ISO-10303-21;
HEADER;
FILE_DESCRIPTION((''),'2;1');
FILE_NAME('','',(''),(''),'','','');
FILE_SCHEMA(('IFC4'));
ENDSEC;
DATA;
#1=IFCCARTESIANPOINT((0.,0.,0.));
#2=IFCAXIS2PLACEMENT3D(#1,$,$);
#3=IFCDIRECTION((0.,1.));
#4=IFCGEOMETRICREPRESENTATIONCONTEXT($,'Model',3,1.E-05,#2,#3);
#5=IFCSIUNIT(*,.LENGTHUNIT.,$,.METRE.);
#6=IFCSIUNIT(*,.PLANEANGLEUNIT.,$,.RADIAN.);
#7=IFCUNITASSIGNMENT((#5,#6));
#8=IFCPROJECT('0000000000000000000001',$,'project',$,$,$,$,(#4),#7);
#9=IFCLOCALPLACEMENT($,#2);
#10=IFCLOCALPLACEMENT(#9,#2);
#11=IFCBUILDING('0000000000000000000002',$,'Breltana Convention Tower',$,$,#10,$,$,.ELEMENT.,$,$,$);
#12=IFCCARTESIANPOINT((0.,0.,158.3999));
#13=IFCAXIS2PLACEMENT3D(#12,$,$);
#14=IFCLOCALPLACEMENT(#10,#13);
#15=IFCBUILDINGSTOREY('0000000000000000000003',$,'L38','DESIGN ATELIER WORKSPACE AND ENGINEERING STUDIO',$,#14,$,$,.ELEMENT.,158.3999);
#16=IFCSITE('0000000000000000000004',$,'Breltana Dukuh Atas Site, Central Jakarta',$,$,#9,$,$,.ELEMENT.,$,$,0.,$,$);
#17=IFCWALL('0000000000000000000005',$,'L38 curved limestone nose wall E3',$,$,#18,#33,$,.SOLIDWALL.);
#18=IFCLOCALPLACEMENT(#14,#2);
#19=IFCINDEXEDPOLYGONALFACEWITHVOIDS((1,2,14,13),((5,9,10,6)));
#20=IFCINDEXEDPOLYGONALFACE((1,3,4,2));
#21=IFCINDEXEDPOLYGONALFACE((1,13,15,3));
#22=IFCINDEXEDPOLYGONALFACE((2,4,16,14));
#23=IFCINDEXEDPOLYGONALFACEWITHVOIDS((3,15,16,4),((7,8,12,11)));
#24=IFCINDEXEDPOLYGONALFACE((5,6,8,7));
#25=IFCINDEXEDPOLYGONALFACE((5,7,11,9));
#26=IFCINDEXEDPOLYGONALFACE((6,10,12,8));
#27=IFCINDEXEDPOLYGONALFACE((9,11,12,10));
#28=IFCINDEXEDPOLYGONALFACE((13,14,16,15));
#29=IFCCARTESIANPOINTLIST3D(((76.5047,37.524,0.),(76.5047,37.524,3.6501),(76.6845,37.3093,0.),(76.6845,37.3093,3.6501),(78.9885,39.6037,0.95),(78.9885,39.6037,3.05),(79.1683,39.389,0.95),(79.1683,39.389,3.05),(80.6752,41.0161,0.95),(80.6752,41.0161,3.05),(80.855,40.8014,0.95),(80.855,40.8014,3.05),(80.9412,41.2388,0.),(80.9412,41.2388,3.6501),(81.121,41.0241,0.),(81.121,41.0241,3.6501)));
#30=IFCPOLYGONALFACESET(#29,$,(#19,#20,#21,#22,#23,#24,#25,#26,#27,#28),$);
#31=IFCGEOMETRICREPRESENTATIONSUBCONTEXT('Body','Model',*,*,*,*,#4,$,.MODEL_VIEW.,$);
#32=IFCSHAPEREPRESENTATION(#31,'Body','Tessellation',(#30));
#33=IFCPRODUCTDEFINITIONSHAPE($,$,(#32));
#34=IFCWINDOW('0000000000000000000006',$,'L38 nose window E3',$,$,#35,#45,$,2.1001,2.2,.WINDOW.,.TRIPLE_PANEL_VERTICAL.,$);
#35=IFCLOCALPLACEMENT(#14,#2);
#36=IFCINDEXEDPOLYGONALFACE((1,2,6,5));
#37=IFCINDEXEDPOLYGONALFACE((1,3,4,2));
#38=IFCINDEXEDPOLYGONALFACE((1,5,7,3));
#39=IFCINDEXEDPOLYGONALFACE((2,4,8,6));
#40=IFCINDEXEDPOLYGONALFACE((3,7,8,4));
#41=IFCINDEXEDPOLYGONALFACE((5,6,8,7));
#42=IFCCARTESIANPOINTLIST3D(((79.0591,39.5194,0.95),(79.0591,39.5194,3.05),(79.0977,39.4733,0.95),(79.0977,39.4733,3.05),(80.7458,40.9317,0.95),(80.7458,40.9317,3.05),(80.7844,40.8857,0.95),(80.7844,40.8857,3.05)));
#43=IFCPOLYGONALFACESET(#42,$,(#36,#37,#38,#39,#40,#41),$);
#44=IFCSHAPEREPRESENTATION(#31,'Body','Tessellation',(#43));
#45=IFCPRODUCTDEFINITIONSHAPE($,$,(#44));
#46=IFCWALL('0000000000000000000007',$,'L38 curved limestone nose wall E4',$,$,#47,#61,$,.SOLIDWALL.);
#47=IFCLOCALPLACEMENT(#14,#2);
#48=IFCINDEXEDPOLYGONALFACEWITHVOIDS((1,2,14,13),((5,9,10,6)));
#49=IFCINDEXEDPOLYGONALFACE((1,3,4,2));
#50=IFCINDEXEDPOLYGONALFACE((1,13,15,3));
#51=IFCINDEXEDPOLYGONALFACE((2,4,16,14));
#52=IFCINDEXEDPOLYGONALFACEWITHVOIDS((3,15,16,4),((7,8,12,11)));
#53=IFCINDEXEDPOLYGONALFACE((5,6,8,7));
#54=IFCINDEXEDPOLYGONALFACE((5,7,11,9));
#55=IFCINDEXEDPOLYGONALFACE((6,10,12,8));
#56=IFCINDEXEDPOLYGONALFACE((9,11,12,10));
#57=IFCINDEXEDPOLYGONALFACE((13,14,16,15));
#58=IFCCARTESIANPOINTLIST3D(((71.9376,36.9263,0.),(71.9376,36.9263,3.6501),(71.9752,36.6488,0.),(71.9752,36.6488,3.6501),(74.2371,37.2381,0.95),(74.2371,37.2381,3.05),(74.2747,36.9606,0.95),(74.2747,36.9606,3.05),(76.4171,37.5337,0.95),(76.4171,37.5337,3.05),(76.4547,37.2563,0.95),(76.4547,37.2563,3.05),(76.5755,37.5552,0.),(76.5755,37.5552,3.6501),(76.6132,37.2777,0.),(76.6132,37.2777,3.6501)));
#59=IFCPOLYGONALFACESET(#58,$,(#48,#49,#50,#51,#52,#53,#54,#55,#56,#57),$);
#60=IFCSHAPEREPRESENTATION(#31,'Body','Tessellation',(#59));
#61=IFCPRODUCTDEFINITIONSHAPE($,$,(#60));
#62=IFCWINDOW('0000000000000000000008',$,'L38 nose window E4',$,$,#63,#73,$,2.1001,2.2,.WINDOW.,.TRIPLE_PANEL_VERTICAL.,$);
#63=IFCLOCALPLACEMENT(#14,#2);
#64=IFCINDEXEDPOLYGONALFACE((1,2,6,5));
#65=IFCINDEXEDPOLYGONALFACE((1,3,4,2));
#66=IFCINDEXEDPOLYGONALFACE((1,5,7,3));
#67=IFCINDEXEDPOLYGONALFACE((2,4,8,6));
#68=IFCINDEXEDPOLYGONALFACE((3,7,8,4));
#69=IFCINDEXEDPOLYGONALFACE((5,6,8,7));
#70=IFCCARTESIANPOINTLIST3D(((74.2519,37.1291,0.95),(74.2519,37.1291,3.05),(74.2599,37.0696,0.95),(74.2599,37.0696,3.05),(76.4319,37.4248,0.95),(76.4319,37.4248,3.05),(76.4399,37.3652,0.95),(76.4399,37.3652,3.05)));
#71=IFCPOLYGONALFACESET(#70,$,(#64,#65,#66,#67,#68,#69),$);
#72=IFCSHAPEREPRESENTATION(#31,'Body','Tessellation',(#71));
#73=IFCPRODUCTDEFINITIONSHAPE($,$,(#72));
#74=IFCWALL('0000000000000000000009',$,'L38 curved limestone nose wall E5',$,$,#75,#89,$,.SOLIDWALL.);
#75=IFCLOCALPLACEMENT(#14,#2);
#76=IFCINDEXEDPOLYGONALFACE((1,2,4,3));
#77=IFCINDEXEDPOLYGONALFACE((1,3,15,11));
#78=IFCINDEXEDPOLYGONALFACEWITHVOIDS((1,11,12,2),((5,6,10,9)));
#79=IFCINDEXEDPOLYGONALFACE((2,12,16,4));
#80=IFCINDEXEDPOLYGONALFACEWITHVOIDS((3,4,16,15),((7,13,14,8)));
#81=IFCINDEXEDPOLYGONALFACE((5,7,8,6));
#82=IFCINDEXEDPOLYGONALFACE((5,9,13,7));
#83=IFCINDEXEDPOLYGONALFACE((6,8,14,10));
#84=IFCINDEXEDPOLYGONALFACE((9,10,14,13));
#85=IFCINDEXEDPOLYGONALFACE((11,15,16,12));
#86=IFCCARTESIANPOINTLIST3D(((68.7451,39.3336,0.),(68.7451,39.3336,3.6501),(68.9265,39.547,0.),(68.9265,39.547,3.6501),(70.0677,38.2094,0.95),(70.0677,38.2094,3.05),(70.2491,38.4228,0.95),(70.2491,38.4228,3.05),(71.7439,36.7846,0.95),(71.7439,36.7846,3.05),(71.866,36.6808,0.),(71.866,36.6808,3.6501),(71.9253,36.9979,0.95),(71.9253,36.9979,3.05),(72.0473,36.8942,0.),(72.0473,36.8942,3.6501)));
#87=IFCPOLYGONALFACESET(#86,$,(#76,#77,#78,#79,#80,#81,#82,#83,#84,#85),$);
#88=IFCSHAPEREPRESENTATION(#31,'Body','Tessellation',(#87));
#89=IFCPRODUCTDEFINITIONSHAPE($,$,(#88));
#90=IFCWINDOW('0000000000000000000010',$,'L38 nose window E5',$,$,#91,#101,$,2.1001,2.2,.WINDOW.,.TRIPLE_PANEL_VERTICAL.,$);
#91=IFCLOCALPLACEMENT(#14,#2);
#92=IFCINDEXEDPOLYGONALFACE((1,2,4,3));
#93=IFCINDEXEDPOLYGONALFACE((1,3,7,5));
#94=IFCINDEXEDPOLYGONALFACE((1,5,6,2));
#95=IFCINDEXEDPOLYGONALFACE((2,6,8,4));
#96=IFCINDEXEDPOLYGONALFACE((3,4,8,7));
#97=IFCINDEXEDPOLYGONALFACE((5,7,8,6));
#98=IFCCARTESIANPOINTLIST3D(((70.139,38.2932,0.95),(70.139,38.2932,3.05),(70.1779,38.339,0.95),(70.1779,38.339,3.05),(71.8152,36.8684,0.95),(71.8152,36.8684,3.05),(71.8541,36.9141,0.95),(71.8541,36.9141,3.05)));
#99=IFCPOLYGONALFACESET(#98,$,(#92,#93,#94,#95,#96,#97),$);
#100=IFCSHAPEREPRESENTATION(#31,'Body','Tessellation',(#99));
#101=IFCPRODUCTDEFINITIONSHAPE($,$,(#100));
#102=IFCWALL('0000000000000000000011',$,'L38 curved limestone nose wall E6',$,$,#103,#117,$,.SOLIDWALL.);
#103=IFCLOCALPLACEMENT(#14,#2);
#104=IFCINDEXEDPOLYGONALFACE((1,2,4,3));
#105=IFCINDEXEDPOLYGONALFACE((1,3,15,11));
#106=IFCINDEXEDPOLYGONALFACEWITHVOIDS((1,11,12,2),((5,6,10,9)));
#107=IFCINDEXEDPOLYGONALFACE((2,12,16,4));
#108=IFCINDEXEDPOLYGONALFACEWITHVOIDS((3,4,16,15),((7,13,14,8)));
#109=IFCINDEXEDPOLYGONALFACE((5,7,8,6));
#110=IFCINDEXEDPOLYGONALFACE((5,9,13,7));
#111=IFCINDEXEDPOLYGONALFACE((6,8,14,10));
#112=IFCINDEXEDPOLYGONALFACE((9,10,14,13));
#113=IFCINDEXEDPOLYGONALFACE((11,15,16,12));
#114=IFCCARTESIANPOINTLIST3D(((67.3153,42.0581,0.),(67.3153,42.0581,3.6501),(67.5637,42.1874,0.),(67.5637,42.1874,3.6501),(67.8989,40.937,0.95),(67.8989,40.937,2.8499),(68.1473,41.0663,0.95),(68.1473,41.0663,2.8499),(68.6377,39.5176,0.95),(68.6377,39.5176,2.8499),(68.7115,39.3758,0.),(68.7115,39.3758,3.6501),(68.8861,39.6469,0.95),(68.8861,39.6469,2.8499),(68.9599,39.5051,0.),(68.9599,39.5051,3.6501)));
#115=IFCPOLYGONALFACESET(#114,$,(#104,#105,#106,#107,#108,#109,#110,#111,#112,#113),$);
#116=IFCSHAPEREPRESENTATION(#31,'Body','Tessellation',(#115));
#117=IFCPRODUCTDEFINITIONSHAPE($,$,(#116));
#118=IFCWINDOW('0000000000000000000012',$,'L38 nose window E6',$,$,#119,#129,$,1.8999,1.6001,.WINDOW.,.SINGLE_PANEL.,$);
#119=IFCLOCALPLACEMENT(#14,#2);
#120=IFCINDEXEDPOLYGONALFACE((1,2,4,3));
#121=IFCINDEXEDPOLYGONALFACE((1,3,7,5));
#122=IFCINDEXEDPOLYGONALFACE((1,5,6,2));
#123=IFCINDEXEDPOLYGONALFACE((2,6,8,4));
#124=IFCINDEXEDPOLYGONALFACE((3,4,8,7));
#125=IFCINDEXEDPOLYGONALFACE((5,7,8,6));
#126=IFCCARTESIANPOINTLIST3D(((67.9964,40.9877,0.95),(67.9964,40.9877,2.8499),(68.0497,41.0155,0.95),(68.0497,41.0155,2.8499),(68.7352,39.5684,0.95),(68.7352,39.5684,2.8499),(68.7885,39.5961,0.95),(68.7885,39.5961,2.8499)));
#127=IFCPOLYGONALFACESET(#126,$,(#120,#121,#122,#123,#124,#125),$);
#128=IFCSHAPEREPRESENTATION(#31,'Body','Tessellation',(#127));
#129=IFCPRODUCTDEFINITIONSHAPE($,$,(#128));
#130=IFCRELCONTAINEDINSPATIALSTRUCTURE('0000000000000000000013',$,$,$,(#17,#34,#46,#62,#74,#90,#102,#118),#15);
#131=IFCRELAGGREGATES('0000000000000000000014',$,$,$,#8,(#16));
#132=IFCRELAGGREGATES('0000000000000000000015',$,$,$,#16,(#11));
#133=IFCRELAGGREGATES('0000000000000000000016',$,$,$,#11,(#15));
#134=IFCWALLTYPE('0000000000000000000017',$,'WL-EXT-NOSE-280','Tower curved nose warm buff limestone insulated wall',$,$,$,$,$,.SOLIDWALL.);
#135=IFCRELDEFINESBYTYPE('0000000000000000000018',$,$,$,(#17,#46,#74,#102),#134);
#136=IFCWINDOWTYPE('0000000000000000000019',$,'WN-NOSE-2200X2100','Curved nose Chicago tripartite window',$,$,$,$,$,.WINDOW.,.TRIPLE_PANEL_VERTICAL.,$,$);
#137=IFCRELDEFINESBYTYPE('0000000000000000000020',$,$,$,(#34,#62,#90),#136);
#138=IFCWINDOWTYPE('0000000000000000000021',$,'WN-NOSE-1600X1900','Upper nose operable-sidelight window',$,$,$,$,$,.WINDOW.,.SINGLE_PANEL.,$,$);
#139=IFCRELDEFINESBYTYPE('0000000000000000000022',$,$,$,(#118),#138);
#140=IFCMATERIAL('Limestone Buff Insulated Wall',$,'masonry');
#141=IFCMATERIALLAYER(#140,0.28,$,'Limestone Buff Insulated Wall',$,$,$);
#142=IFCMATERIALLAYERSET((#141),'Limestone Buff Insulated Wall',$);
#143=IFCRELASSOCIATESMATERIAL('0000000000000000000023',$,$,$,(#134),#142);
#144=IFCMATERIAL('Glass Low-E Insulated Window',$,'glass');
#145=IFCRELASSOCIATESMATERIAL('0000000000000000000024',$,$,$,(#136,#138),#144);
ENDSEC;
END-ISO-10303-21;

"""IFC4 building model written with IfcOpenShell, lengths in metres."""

from ifc_helpers import new_model, si_unit, direction, frame, frame_2d, origin, place, context, subcontext, project, spatial, rectangle, extrude, source, transform, mapped, material, layer, layer_set, type_object, type_shapes, element, fill, save


model = new_model("IFC4")

# Units and contexts
model_context = context("Model", 3, precision=1e-05, world=origin(), true_north=direction((0.0, 1.0)))
body_context = subcontext(model_context, "Body", "Model", "MODEL_VIEW")
ifc_project = project(units=[si_unit("LENGTHUNIT", "METRE"), si_unit("PLANEANGLEUNIT", "RADIAN")], contexts=[model_context])

# Site, building, storey
site_placement = place(None, origin())
site = spatial("IfcSite", under=ifc_project, at=site_placement, Name="Breltana Dukuh Atas Site, Central Jakarta", CompositionType="ELEMENT", RefElevation=0.0)
building_placement = place(site_placement, origin())
building = spatial("IfcBuilding", under=site, at=building_placement, Name="Breltana Convention Tower", CompositionType="ELEMENT")
storey_placement = place(building_placement, frame((0.0, 0.0, 158.3999)))
storey = spatial("IfcBuildingStorey", under=building, at=storey_placement, Name="L38", Description="DESIGN ATELIER WORKSPACE AND ENGINEERING STUDIO", CompositionType="ELEMENT", Elevation=158.3999)

# Walls, openings, windows
ifc_material_1 = material(Name="Limestone Buff Insulated Wall", Category="masonry")
ifc_layer_1 = layer(ifc_material_1, 0.28, Name="Limestone Buff Insulated Wall")
ifc_layer_set_1 = layer_set([ifc_layer_1], Name="Limestone Buff Insulated Wall")
wall_type = type_object("IfcWallType", Name="WL-EXT-NOSE-280", Description="Tower curved nose warm buff limestone insulated wall", PredefinedType="SOLIDWALL", material=ifc_layer_set_1)
shared_shape_1 = source(origin(), body_context, "Body", "SweptSolid", [
    extrude(rectangle(XDim=5.7864, YDim=0.28, at=frame_2d((2.8931, 0.0))), origin(), (0.0, 0.0, 1.0), 3.6501),
])
wall_1_placement = place(storey_placement, frame((81.031, 41.1313, 0.0), z_axis=(0.0, 0.0, 1.0), x_axis=(-0.766711, -0.641992, 0.0)))
wall_1 = element("IfcWall", 1, at=wall_1_placement, inside=storey, type_object=wall_type, Name="L38 curved limestone nose wall E3", PredefinedType="SOLIDWALL", context=body_context, shape_type="MappedRepresentation", body=[
    mapped(shared_shape_1, transform((0.0, 0.0, 0.0), scale=1.0)),
])
opening_1_placement = place(wall_1_placement, frame((0.3467, 0.0, 0.95)))
opening_1 = element("IfcOpeningElement", 2, at=opening_1_placement, cuts=wall_1, PredefinedType="OPENING", context=body_context, shape_type="SweptSolid", body=[
    extrude(rectangle(XDim=2.2, YDim=2.1001, at=frame_2d((1.1001, 1.05))), frame((0.0, 0.1499, 0.0), z_axis=(0.0, -1.0, 0.0), x_axis=(1.0, 0.0, 0.0)), (0.0, 0.0, 1.0), 0.3),
])
ifc_material_2 = material(Name="Glass Low-E Insulated Window", Category="glass")
window_type_1 = type_object("IfcWindowType", Name="WN-NOSE-2200X2100", Description="Curved nose Chicago tripartite window", PartitioningType="TRIPLE_PANEL_VERTICAL", PredefinedType="WINDOW", material=ifc_material_2)
shared_shape_2 = source(origin(), body_context, "Body", "SweptSolid", [
    extrude(rectangle(XDim=2.2, YDim=2.1001, at=frame_2d((1.1001, 1.05))), frame((0.0, 0.03, 0.0), z_axis=(0.0, -1.0, 0.0), x_axis=(1.0, 0.0, 0.0)), (0.0, 0.0, 1.0), 0.0601),
])
type_shapes(window_type_1, [shared_shape_2])
window_1_placement = place(opening_1_placement, origin())
window_1 = element("IfcWindow", 3, at=window_1_placement, inside=storey, type_object=window_type_1, Name="L38 nose window E3", OverallHeight=2.1001, OverallWidth=2.2, PartitioningType="TRIPLE_PANEL_VERTICAL", PredefinedType="WINDOW", context=body_context, shape_type="MappedRepresentation", body=[
    mapped(shared_shape_2, transform((0.0, 0.0, 0.0), scale=1.0)),
])
fill(opening_1, window_1)
shared_shape_3 = source(origin(), body_context, "Body", "SweptSolid", [
    extrude(rectangle(XDim=4.6804, YDim=0.28, at=frame_2d((2.3403, 0.0))), origin(), (0.0, 0.0, 1.0), 3.6501),
])
wall_2_placement = place(storey_placement, frame((76.5945, 37.4165, 0.0), z_axis=(0.0, 0.0, 1.0), x_axis=(-0.990931, -0.134371, 0.0)))
wall_2 = element("IfcWall", 4, at=wall_2_placement, inside=storey, type_object=wall_type, Name="L38 curved limestone nose wall E4", PredefinedType="SOLIDWALL", context=body_context, shape_type="MappedRepresentation", body=[
    mapped(shared_shape_3, transform((0.0, 0.0, 0.0), scale=1.0)),
])
opening_2_placement = place(wall_2_placement, frame((0.1599, 0.0, 0.95)))
opening_2 = element("IfcOpeningElement", 5, at=opening_2_placement, cuts=wall_2, PredefinedType="OPENING", context=body_context, shape_type="SweptSolid", body=[
    extrude(rectangle(XDim=2.2, YDim=2.1001, at=frame_2d((1.1001, 1.05))), frame((0.0, 0.1499, 0.0), z_axis=(0.0, -1.0, 0.0), x_axis=(1.0, 0.0, 0.0)), (0.0, 0.0, 1.0), 0.3),
])
window_2_placement = place(opening_2_placement, origin())
window_2 = element("IfcWindow", 6, at=window_2_placement, inside=storey, type_object=window_type_1, Name="L38 nose window E4", OverallHeight=2.1001, OverallWidth=2.2, PartitioningType="TRIPLE_PANEL_VERTICAL", PredefinedType="WINDOW", context=body_context, shape_type="MappedRepresentation", body=[
    mapped(shared_shape_2, transform((0.0, 0.0, 0.0), scale=1.0)),
])
fill(opening_2, window_2)
shared_shape_4 = source(origin(), body_context, "Body", "SweptSolid", [
    extrude(rectangle(XDim=4.0959, YDim=0.28, at=frame_2d((2.0479, 0.0))), origin(), (0.0, 0.0, 1.0), 3.6501),
])
wall_3_placement = place(storey_placement, frame((71.9565, 36.7876, 0.0), z_axis=(0.0, 0.0, 1.0), x_axis=(-0.761926, 0.647664, 0.0)))
wall_3 = element("IfcWall", 7, at=wall_3_placement, inside=storey, type_object=wall_type, Name="L38 curved limestone nose wall E5", PredefinedType="SOLIDWALL", context=body_context, shape_type="MappedRepresentation", body=[
    mapped(shared_shape_4, transform((0.0, 0.0, 0.0), scale=1.0)),
])
opening_3_placement = place(wall_3_placement, frame((0.1599, 0.0, 0.95)))
opening_3 = element("IfcOpeningElement", 8, at=opening_3_placement, cuts=wall_3, PredefinedType="OPENING", context=body_context, shape_type="SweptSolid", body=[
    extrude(rectangle(XDim=2.2, YDim=2.1001, at=frame_2d((1.1001, 1.05))), frame((0.0, 0.1499, 0.0), z_axis=(0.0, -1.0, 0.0), x_axis=(1.0, 0.0, 0.0)), (0.0, 0.0, 1.0), 0.3),
])
window_3_placement = place(opening_3_placement, origin())
window_3 = element("IfcWindow", 9, at=window_3_placement, inside=storey, type_object=window_type_1, Name="L38 nose window E5", OverallHeight=2.1001, OverallWidth=2.2, PartitioningType="TRIPLE_PANEL_VERTICAL", PredefinedType="WINDOW", context=body_context, shape_type="MappedRepresentation", body=[
    mapped(shared_shape_2, transform((0.0, 0.0, 0.0), scale=1.0)),
])
fill(opening_3, window_3)
shared_shape_5 = source(origin(), body_context, "Body", "SweptSolid", [
    extrude(rectangle(XDim=3.0239, YDim=0.28, at=frame_2d((1.512, 0.0))), origin(), (0.0, 0.0, 1.0), 3.6501),
])
wall_4_placement = place(storey_placement, frame((68.8357, 39.4404, 0.0), z_axis=(0.0, 0.0, 1.0), x_axis=(-0.461719, 0.887026, 0.0)))
wall_4 = element("IfcWall", 10, at=wall_4_placement, inside=storey, type_object=wall_type, Name="L38 curved limestone nose wall E6", PredefinedType="SOLIDWALL", context=body_context, shape_type="MappedRepresentation", body=[
    mapped(shared_shape_5, transform((0.0, 0.0, 0.0), scale=1.0)),
])
opening_4_placement = place(wall_4_placement, frame((0.1599, 0.0, 0.95)))
opening_4 = element("IfcOpeningElement", 11, at=opening_4_placement, cuts=wall_4, PredefinedType="OPENING", context=body_context, shape_type="SweptSolid", body=[
    extrude(rectangle(XDim=1.6001, YDim=1.8999, at=frame_2d((0.8, 0.95))), frame((0.0, 0.1499, 0.0), z_axis=(0.0, -1.0, 0.0), x_axis=(1.0, 0.0, 0.0)), (0.0, 0.0, 1.0), 0.3),
])
window_type_2 = type_object("IfcWindowType", Name="WN-NOSE-1600X1900", Description="Upper nose operable-sidelight window", PartitioningType="SINGLE_PANEL", PredefinedType="WINDOW", material=ifc_material_2)
shared_shape_6 = source(origin(), body_context, "Body", "SweptSolid", [
    extrude(rectangle(XDim=1.6001, YDim=1.8999, at=frame_2d((0.8, 0.95))), frame((0.0, 0.03, 0.0), z_axis=(0.0, -1.0, 0.0), x_axis=(1.0, 0.0, 0.0)), (0.0, 0.0, 1.0), 0.0601),
])
type_shapes(window_type_2, [shared_shape_6])
window_4_placement = place(opening_4_placement, origin())
window_4 = element("IfcWindow", 12, at=window_4_placement, inside=storey, type_object=window_type_2, Name="L38 nose window E6", OverallHeight=1.8999, OverallWidth=1.6001, PartitioningType="SINGLE_PANEL", PredefinedType="WINDOW", context=body_context, shape_type="MappedRepresentation", body=[
    mapped(shared_shape_6, transform((0.0, 0.0, 0.0), scale=1.0)),
])
fill(opening_4, window_4)

save(model, "model.ifc")
